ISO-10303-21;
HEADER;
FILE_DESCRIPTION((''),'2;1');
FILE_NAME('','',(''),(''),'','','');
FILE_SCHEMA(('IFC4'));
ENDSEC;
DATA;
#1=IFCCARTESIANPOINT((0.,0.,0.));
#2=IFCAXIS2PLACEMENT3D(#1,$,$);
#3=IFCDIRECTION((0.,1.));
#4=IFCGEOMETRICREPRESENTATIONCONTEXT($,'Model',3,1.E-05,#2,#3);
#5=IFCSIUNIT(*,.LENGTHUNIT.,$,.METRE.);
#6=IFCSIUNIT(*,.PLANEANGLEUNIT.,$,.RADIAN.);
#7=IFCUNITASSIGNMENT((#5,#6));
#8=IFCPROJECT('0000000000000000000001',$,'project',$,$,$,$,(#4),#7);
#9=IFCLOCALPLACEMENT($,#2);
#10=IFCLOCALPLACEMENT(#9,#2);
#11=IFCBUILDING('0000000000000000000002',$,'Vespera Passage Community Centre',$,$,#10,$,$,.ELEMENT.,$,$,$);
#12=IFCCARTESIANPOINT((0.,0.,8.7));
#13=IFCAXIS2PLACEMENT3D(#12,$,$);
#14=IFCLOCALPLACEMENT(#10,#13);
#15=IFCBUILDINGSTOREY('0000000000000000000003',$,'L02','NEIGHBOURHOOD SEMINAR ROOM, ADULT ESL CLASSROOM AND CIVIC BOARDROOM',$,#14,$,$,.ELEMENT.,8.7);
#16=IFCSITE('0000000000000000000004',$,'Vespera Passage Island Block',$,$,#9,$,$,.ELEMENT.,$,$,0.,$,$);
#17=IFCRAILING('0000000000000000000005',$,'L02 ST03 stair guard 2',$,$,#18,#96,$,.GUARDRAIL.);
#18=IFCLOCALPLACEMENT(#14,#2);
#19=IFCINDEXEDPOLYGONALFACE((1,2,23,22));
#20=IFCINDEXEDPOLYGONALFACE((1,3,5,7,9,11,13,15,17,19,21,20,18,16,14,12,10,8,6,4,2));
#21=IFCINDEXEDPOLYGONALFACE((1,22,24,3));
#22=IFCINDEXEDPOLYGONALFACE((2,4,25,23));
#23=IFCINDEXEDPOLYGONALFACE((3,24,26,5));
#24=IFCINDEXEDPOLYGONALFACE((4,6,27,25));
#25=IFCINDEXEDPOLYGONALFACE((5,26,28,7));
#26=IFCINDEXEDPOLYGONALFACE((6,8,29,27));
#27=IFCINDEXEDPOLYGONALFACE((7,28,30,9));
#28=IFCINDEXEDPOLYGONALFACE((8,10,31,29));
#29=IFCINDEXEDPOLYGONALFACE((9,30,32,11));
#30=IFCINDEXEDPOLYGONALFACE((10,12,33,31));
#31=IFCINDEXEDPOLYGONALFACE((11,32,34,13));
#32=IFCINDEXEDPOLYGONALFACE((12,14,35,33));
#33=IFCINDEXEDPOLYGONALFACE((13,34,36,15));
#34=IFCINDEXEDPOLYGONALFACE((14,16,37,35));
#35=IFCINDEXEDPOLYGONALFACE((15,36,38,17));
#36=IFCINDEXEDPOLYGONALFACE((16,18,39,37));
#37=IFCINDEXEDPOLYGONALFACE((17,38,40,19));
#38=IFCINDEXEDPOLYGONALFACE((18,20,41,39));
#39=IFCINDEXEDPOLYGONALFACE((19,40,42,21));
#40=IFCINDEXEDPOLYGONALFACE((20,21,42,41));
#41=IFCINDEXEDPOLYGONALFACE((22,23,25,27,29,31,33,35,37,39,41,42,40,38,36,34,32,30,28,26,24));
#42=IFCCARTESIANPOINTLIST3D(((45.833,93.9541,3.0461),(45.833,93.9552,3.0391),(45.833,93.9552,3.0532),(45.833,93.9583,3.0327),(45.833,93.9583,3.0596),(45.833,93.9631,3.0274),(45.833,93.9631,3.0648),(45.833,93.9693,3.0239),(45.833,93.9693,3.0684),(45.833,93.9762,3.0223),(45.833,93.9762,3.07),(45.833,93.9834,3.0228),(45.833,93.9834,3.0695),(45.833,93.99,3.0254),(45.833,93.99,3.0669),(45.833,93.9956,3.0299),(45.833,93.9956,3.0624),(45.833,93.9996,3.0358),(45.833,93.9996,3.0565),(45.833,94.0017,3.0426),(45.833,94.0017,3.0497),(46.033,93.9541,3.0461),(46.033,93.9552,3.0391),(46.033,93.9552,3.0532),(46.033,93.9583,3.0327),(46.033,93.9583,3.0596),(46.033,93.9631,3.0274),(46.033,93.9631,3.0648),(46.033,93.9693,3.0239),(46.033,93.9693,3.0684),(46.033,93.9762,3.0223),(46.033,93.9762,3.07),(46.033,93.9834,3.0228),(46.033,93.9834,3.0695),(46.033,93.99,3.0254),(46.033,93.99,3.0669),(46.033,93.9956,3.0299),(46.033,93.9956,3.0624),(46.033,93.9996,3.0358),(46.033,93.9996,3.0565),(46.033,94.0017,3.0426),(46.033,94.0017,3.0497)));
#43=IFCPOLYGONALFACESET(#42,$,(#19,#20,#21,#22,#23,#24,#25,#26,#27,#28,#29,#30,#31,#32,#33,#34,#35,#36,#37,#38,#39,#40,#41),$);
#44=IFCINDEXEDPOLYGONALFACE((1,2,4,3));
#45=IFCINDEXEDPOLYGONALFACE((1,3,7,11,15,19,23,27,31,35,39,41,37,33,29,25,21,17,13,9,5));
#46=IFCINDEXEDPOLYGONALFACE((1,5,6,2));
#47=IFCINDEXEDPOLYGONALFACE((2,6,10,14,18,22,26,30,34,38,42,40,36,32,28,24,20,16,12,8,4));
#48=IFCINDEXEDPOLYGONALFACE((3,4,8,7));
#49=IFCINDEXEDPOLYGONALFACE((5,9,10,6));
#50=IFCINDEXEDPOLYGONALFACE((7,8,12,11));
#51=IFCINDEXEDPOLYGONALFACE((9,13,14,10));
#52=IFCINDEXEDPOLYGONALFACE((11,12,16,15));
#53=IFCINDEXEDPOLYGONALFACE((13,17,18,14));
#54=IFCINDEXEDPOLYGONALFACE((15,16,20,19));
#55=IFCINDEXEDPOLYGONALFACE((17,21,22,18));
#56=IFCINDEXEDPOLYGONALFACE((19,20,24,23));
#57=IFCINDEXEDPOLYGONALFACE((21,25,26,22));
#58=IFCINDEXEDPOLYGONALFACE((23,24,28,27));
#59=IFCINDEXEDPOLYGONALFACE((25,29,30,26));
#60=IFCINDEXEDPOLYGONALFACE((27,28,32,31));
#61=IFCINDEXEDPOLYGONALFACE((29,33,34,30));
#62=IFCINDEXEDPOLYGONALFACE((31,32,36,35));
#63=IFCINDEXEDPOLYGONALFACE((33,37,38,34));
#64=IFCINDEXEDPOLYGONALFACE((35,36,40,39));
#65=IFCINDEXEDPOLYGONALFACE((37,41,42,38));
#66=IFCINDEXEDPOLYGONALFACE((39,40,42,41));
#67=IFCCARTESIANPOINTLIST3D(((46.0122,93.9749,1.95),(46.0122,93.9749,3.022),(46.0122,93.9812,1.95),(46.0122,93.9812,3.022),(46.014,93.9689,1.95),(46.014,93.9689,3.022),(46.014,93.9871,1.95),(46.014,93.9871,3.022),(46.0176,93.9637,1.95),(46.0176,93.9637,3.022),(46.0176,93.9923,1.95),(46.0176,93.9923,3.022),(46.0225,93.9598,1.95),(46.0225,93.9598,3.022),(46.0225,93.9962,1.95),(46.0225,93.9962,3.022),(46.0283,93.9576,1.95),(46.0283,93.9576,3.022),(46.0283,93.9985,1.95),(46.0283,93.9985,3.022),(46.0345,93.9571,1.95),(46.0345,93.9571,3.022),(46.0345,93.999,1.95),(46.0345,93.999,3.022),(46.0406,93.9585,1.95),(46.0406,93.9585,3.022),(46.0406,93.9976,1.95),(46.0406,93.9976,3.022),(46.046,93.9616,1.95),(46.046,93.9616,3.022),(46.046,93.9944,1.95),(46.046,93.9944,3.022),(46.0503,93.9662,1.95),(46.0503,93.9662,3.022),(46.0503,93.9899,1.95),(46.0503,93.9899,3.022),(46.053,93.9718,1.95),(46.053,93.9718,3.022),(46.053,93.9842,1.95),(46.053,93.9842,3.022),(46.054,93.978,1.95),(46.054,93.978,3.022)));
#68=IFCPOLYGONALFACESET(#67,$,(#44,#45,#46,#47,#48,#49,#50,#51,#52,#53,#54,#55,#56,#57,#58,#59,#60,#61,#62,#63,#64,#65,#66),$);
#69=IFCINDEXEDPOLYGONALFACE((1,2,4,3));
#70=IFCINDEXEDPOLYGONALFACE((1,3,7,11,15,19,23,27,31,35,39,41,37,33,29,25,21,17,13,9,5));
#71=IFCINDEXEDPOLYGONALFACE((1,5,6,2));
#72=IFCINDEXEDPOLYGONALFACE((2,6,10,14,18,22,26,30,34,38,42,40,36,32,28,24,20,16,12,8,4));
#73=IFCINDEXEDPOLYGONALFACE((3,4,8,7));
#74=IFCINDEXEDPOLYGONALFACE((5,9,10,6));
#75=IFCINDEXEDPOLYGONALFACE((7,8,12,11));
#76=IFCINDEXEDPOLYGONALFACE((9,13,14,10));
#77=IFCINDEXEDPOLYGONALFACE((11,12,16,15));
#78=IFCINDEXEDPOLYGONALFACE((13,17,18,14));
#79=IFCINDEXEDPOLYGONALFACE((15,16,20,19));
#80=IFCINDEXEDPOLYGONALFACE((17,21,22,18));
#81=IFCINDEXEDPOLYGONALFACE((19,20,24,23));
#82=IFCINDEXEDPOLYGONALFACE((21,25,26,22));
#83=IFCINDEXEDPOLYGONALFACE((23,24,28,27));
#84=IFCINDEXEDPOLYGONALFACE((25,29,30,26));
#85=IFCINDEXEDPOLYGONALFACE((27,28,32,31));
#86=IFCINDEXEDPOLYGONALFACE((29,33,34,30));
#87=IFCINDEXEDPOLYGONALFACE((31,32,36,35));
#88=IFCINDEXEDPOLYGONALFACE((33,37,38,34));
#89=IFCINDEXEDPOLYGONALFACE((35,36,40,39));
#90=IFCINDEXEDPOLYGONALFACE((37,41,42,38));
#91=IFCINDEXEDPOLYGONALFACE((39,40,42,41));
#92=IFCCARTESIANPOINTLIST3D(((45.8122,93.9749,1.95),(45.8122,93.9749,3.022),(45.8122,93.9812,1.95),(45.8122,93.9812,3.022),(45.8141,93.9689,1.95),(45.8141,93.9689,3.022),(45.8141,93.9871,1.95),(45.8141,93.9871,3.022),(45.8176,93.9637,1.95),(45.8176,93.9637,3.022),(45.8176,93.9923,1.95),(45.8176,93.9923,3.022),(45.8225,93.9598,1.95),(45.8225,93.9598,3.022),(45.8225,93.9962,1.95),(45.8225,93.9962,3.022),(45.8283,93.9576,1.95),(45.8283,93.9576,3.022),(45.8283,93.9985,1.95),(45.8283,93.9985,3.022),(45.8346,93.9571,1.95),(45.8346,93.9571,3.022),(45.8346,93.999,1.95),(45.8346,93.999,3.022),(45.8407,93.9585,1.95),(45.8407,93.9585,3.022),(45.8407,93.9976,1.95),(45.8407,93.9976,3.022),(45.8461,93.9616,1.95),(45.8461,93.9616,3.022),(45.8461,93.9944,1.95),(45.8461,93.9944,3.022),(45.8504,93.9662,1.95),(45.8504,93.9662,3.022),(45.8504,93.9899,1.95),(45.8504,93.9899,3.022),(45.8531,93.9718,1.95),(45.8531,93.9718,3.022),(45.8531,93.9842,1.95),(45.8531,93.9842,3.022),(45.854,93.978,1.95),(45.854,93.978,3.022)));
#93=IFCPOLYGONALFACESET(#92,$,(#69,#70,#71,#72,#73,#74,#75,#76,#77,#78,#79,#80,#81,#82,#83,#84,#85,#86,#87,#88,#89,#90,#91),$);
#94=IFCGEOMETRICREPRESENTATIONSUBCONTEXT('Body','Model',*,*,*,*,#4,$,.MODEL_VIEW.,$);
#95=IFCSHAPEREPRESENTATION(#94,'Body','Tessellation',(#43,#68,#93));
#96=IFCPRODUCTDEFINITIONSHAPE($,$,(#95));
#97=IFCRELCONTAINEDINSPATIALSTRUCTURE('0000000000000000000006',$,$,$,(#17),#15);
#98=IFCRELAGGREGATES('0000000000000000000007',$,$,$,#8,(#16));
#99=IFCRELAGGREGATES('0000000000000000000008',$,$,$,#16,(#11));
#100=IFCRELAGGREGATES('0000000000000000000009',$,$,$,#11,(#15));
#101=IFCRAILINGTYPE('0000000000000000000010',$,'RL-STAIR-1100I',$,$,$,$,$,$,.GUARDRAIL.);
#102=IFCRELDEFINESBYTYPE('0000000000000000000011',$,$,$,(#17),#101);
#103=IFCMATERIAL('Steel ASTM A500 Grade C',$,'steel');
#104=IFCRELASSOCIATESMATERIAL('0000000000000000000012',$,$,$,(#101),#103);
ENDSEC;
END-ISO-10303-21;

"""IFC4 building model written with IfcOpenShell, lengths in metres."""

from ifc_helpers import new_model, si_unit, direction, frame, origin, origin_2d, place, context, subcontext, project, spatial, circle, extrude, material, type_object, element, save


model = new_model("IFC4")

# Units and contexts
model_context = context("Model", 3, precision=1e-05, world=origin(), true_north=direction((0.0, 1.0)))
body_context = subcontext(model_context, "Body", "Model", "MODEL_VIEW")
ifc_project = project(units=[si_unit("LENGTHUNIT", "METRE"), si_unit("PLANEANGLEUNIT", "RADIAN")], contexts=[model_context])

# Site, building, storey
site_placement = place(None, origin())
site = spatial("IfcSite", under=ifc_project, at=site_placement, Name="Vespera Passage Island Block", CompositionType="ELEMENT", RefElevation=0.0)
building_placement = place(site_placement, origin())
building = spatial("IfcBuilding", under=site, at=building_placement, Name="Vespera Passage Community Centre", CompositionType="ELEMENT")
storey_placement = place(building_placement, frame((0.0, 0.0, 8.7)))
storey = spatial("IfcBuildingStorey", under=building, at=storey_placement, Name="L02", Description="NEIGHBOURHOOD SEMINAR ROOM, ADULT ESL CLASSROOM AND CIVIC BOARDROOM", CompositionType="ELEMENT", Elevation=8.7)

# Railing
ifc_material_1 = material(Name="Steel ASTM A500 Grade C", Category="steel")
railing_type = type_object("IfcRailingType", Name="RL-STAIR-1100I", PredefinedType="GUARDRAIL", material=ifc_material_1)
railing_placement = place(storey_placement, frame((46.033, 93.978, 1.95)))
element("IfcRailing", 1, at=railing_placement, inside=storey, type_object=railing_type, Name="L02 ST03 stair guard 2", PredefinedType="GUARDRAIL", context=body_context, shape_type="SweptSolid", body=[
    extrude(circle(Radius=0.0239, at=origin_2d()), frame((0.0, 0.0, 1.0962), z_axis=(-1.0, 0.0, 0.0), x_axis=(0.0, -1.0, 0.0)), (0.0, 0.0, 1.0), 0.2),
    extrude(circle(Radius=0.021, at=origin_2d()), origin(), (0.0, 0.0, 1.0), 1.072),
    extrude(circle(Radius=0.021, at=origin_2d()), frame((-0.2, 0.0, 0.0)), (0.0, 0.0, 1.0), 1.072),
])

save(model, "model.ifc")
